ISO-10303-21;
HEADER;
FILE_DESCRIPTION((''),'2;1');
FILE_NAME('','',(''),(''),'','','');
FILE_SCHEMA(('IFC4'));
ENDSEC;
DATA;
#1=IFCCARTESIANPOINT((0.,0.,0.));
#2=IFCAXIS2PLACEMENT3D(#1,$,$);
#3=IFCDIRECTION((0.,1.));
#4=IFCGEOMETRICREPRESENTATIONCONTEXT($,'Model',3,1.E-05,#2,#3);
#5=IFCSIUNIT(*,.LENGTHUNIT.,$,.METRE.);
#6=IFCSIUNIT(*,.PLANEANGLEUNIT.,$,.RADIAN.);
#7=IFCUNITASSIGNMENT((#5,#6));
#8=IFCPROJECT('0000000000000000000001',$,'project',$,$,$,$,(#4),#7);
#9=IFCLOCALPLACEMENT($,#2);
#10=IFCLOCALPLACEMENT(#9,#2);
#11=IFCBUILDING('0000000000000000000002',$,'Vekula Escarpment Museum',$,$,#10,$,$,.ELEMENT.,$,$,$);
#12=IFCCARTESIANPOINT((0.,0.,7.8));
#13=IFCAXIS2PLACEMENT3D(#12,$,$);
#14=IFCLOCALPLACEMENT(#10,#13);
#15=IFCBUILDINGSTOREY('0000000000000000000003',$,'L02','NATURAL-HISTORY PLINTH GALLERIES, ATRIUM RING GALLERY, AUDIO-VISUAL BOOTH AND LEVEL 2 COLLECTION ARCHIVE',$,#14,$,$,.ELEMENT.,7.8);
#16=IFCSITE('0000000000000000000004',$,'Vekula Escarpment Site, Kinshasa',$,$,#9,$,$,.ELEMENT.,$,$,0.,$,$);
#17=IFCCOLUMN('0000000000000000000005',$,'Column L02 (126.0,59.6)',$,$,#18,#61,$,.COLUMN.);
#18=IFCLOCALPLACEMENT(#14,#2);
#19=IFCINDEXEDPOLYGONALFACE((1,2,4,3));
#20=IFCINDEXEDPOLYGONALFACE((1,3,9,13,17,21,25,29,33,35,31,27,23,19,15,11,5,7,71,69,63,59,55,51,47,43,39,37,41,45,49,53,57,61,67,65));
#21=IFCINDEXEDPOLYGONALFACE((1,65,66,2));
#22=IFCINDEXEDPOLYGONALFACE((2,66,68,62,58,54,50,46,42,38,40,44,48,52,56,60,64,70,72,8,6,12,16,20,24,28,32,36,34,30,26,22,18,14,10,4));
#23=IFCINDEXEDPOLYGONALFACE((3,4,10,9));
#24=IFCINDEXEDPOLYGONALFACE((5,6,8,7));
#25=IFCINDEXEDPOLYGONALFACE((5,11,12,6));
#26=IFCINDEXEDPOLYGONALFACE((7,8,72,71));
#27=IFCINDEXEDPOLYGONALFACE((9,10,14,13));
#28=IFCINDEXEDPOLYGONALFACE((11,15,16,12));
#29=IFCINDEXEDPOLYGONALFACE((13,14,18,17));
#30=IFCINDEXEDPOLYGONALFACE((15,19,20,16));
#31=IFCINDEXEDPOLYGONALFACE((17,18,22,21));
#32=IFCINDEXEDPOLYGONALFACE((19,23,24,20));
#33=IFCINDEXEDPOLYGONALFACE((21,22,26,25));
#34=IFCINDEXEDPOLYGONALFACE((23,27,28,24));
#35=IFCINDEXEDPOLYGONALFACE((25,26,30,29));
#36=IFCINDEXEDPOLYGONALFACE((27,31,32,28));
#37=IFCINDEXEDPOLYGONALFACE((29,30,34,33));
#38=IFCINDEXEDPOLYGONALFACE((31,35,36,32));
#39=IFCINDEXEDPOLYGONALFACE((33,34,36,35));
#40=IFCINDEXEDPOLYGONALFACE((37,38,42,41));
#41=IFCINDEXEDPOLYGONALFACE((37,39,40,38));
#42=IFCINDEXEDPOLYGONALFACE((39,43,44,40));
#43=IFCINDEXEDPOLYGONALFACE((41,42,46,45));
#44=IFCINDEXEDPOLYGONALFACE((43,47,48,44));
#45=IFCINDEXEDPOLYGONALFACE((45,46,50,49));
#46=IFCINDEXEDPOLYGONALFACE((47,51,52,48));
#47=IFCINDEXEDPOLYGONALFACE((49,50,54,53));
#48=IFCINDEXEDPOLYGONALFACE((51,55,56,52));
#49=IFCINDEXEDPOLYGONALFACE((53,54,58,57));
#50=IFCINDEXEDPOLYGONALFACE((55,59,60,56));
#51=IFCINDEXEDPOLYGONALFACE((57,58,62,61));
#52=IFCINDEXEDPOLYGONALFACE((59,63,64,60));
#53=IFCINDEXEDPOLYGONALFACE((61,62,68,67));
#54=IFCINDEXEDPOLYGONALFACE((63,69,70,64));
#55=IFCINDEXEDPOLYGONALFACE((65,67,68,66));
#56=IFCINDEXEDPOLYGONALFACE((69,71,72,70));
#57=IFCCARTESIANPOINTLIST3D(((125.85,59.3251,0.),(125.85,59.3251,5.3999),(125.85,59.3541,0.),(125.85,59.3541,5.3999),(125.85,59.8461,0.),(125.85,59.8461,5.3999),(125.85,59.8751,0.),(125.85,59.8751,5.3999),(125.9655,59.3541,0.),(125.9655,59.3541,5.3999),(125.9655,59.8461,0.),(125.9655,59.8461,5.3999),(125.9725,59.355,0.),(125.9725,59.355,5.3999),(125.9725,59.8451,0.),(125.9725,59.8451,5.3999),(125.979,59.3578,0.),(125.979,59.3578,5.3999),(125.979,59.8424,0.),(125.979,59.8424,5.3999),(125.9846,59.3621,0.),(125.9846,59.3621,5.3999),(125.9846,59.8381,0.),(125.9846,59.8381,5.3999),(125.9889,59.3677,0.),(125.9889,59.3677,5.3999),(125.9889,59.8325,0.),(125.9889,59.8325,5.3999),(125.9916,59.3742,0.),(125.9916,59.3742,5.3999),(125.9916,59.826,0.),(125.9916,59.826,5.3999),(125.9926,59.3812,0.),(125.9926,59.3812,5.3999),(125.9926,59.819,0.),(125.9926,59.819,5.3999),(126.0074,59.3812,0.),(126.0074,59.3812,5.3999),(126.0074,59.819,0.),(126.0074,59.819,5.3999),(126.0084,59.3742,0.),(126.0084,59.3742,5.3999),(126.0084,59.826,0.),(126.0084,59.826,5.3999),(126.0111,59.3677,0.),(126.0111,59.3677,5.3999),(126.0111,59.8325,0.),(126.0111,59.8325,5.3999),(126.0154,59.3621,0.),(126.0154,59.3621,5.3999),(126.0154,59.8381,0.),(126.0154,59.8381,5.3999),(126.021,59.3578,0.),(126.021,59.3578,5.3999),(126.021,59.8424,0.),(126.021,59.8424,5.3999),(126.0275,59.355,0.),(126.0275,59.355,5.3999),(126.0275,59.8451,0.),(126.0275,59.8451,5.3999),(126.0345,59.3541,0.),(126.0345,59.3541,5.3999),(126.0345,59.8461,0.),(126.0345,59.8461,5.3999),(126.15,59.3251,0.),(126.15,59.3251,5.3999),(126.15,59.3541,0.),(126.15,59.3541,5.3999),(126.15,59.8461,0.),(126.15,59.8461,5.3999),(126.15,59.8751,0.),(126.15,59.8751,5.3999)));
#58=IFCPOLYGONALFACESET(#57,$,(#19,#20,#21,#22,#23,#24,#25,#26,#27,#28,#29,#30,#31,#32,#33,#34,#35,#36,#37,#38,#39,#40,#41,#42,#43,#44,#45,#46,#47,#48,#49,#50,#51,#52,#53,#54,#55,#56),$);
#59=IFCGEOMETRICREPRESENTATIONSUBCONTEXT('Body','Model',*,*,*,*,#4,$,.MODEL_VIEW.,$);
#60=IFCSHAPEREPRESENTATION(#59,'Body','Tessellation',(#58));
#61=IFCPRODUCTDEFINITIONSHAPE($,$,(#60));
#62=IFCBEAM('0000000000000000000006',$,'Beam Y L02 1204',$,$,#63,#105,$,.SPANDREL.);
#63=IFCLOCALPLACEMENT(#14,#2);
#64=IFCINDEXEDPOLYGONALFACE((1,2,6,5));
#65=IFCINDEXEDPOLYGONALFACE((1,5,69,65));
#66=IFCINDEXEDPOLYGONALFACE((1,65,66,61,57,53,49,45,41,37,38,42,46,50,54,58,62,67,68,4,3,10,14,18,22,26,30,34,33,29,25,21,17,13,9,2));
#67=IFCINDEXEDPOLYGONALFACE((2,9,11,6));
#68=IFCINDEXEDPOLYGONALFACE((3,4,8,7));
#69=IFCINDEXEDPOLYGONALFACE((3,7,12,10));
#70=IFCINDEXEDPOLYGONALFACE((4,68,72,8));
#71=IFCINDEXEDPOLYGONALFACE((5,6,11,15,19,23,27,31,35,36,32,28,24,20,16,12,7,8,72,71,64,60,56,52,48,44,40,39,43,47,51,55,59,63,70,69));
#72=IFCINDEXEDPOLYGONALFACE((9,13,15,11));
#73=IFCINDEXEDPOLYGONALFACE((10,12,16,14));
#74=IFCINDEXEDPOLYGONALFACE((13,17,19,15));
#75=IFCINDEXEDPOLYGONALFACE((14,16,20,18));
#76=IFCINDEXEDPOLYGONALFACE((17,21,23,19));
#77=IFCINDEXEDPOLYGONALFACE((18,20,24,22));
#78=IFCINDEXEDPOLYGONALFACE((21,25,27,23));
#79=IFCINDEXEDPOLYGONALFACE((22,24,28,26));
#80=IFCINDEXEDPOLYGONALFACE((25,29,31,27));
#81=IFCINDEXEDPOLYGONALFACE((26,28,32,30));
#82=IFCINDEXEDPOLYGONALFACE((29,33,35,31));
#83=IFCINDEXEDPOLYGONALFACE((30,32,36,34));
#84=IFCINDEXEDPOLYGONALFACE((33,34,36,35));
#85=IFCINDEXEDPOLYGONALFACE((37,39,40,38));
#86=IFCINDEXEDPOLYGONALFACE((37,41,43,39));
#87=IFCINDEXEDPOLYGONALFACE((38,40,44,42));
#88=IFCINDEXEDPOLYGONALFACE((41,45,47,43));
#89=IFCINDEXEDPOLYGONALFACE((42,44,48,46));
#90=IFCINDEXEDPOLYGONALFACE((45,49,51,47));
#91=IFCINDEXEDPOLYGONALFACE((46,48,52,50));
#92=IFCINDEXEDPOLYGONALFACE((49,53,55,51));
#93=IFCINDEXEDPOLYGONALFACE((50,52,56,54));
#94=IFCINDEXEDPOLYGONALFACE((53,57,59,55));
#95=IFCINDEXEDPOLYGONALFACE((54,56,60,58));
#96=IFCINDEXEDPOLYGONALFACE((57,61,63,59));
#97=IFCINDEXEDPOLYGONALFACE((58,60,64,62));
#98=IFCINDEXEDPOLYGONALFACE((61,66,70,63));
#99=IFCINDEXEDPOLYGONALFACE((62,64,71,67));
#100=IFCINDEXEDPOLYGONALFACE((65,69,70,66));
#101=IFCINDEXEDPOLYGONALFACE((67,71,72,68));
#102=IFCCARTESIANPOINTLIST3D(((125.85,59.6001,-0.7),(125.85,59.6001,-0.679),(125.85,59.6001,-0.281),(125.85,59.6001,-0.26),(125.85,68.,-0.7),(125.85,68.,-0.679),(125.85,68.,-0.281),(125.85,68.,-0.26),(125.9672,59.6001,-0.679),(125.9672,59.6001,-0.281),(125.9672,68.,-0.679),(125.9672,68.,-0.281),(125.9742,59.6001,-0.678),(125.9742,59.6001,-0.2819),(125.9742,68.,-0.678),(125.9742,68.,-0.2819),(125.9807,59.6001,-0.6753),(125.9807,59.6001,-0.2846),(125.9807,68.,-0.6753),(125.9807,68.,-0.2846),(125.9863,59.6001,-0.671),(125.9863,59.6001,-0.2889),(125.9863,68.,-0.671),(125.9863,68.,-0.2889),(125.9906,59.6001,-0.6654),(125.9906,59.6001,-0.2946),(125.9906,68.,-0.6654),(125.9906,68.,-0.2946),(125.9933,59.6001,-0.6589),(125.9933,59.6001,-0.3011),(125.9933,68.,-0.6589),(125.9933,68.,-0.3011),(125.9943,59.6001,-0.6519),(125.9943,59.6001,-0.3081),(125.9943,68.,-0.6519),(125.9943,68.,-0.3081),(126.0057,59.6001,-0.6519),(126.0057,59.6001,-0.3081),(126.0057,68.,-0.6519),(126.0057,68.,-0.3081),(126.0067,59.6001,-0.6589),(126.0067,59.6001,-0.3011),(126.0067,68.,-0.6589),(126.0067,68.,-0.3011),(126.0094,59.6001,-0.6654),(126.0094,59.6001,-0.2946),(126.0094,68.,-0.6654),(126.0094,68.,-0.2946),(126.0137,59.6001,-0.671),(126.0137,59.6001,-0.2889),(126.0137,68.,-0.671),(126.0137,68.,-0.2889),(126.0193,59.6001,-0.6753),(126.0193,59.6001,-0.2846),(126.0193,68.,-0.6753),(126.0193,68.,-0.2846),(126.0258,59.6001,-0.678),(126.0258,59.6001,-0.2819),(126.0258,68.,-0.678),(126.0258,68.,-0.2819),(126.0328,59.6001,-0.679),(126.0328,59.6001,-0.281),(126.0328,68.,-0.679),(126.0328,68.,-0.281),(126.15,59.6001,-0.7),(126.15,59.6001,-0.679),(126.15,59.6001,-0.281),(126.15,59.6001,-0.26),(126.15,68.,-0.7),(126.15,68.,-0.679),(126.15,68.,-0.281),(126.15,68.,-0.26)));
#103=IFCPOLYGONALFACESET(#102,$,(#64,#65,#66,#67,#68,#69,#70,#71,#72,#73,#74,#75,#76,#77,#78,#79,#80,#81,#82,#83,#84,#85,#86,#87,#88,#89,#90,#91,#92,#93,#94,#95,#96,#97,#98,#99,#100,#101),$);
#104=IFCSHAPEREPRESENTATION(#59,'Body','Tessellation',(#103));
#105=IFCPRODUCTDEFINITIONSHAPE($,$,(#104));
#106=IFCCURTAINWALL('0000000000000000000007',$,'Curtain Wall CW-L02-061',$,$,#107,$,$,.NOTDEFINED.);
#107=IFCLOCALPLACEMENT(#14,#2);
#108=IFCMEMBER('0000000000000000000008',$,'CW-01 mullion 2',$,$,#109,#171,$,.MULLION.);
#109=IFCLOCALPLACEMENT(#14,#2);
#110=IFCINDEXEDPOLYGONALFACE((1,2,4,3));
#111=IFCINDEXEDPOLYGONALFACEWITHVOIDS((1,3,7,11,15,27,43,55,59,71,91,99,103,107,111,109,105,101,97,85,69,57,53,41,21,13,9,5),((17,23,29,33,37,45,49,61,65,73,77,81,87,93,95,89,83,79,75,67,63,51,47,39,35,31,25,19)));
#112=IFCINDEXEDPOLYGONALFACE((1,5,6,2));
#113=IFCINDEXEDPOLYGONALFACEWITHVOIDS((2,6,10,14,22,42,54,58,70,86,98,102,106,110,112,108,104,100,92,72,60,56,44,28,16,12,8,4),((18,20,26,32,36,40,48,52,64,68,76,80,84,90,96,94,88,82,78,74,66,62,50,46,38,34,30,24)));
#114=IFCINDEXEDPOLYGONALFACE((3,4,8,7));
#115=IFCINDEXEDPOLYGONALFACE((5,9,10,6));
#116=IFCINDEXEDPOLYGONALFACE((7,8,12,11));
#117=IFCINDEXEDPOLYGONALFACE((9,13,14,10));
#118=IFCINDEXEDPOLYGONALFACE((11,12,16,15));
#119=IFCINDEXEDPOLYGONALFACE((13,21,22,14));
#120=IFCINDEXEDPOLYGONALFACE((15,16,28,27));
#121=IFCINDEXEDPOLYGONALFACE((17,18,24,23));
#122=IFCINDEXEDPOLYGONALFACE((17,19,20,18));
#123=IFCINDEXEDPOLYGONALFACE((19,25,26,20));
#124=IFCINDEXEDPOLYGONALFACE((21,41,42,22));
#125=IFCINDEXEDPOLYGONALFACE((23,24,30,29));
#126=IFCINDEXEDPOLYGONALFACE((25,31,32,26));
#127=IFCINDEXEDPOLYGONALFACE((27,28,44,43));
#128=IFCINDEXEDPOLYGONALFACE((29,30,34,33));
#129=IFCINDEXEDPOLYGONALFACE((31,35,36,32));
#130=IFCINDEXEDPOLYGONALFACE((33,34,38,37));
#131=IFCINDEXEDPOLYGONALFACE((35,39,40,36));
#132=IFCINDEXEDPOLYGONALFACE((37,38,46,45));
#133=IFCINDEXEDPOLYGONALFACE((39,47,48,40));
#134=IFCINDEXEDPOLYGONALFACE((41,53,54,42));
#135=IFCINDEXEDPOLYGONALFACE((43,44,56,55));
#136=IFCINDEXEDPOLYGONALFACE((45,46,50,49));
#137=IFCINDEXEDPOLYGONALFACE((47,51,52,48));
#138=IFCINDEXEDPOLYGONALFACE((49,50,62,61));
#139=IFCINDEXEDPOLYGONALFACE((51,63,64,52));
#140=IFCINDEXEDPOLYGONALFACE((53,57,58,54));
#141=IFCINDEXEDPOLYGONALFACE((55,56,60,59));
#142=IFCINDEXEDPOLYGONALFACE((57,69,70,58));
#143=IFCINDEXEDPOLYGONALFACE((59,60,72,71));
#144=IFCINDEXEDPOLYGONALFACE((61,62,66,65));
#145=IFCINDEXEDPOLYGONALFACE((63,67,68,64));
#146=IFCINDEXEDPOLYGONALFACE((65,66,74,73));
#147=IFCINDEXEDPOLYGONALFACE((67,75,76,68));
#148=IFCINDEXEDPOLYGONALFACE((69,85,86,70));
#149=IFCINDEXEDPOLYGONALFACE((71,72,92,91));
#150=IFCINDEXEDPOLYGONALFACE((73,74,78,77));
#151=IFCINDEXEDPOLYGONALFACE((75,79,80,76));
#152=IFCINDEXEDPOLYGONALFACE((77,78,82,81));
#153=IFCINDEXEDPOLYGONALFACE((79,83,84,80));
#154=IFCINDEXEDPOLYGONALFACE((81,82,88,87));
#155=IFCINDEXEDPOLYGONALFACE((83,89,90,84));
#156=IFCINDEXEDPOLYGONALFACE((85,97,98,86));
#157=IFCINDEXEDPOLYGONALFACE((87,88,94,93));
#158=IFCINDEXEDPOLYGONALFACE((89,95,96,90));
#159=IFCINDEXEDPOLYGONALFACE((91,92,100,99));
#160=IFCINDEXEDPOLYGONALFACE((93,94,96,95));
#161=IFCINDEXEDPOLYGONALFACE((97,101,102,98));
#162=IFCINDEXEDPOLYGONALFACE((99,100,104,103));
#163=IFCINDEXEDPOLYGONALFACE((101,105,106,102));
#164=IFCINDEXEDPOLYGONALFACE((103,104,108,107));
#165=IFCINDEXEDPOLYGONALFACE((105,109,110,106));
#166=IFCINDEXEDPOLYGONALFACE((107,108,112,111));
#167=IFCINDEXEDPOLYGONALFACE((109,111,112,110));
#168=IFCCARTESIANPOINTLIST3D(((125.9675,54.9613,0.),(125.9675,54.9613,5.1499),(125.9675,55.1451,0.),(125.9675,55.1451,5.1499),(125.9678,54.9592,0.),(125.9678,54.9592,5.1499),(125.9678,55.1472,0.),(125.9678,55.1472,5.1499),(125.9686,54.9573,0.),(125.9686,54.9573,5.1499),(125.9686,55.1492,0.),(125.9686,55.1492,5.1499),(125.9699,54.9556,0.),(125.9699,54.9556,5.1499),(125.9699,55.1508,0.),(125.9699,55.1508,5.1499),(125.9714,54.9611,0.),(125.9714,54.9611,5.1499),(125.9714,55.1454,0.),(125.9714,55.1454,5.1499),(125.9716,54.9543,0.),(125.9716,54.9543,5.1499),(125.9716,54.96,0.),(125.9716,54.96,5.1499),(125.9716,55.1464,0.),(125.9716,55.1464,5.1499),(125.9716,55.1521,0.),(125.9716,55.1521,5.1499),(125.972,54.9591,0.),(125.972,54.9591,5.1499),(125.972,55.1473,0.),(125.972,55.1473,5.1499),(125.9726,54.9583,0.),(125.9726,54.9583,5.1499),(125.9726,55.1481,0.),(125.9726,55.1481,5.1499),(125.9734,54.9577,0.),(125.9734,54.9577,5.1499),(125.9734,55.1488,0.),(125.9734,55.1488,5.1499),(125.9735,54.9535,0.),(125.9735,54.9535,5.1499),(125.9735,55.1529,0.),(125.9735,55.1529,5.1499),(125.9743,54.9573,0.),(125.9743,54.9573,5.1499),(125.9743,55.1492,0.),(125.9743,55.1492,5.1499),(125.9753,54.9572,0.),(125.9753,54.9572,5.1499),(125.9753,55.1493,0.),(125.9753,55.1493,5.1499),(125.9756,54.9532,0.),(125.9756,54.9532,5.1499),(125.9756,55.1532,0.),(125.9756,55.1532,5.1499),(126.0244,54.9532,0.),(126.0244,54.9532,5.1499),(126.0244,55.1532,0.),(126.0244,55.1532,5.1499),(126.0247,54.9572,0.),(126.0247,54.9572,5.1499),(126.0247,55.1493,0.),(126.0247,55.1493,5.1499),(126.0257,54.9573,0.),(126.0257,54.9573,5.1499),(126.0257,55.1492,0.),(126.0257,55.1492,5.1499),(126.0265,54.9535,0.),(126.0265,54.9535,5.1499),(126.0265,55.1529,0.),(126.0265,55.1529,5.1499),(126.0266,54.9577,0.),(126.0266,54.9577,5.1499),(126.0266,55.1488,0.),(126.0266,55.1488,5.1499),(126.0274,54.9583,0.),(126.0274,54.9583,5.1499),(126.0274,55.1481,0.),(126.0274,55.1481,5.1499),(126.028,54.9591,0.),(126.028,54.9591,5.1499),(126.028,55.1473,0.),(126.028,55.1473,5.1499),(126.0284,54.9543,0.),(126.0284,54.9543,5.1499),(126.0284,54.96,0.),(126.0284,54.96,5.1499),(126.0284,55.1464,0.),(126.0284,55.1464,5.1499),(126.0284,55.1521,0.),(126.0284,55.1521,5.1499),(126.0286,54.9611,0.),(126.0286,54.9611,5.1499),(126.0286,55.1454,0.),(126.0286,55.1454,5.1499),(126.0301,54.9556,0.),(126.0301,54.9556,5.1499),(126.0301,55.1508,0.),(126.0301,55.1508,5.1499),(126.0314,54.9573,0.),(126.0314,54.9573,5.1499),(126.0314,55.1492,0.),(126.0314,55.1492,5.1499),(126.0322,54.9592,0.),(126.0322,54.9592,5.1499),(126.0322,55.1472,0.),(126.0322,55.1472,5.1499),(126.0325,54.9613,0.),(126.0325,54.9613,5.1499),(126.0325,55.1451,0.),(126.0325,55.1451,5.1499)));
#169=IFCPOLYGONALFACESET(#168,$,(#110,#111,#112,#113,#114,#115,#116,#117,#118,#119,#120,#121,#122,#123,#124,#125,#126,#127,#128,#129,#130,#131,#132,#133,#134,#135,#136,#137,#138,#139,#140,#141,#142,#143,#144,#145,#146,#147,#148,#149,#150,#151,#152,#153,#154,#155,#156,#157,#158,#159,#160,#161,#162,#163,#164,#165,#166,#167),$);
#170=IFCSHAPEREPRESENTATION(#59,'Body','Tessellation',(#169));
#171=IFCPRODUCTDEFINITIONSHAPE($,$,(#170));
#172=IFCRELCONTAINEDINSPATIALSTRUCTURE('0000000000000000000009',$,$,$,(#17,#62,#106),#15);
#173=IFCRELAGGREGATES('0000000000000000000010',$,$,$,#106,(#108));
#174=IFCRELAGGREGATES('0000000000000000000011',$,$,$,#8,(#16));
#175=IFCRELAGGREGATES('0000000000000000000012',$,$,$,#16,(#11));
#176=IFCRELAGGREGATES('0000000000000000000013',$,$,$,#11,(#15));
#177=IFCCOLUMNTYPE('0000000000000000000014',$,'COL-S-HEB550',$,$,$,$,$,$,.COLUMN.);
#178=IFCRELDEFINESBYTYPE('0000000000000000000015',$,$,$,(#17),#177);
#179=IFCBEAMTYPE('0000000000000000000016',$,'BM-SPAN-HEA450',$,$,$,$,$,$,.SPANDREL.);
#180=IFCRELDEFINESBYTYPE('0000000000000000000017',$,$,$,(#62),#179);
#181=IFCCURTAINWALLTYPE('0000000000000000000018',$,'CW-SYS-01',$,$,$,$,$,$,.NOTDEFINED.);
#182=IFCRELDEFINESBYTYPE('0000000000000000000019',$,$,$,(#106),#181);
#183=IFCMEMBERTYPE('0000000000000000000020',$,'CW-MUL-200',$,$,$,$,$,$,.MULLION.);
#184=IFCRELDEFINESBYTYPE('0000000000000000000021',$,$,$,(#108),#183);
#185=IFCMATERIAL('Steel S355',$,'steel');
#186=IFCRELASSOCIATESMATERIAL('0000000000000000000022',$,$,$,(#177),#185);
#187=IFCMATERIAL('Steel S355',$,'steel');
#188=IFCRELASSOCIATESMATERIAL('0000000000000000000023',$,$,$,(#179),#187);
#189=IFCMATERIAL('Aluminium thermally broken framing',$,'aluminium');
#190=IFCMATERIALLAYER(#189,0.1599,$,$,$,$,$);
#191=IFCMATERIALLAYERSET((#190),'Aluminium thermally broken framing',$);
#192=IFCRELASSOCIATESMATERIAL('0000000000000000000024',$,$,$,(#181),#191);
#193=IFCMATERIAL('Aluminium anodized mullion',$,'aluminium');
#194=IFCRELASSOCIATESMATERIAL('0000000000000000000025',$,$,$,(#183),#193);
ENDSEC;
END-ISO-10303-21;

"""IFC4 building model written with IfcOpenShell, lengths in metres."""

from ifc_helpers import new_model, si_unit, direction, frame, origin, origin_2d, place, context, subcontext, project, spatial, hollow_rectangle, i_section, extrude, material, layer, layer_set, material_profile, profile_set, type_object, element, aggregate, save


model = new_model("IFC4")

# Units and contexts
model_context = context("Model", 3, precision=1e-05, world=origin(), true_north=direction((0.0, 1.0)))
body_context = subcontext(model_context, "Body", "Model", "MODEL_VIEW")
ifc_project = project(units=[si_unit("LENGTHUNIT", "METRE"), si_unit("PLANEANGLEUNIT", "RADIAN")], contexts=[model_context])

# Site, building, storey
site_placement = place(None, origin())
site = spatial("IfcSite", under=ifc_project, at=site_placement, Name="Vekula Escarpment Site, Kinshasa", CompositionType="ELEMENT", RefElevation=0.0)
building_placement = place(site_placement, origin())
building = spatial("IfcBuilding", under=site, at=building_placement, Name="Vekula Escarpment Museum", CompositionType="ELEMENT")
storey_placement = place(building_placement, frame((0.0, 0.0, 7.8)))
storey = spatial("IfcBuildingStorey", under=building, at=storey_placement, Name="L02", Description="NATURAL-HISTORY PLINTH GALLERIES, ATRIUM RING GALLERY, AUDIO-VISUAL BOOTH AND LEVEL 2 COLLECTION ARCHIVE", CompositionType="ELEMENT", Elevation=7.8)

# Column
ifc_material_1 = material(Name="Steel S355", Category="steel")
ifc_material_profile_1 = material_profile(ifc_material_1, i_section(OverallWidth=0.3, OverallDepth=0.55, WebThickness=0.0149, FlangeThickness=0.0291, FilletRadius=0.0271, at=origin_2d()), Name="HEB 550")
ifc_profile_set_1 = profile_set([ifc_material_profile_1], Name="Steel S355")
column_type = type_object("IfcColumnType", Name="COL-S-HEB550", PredefinedType="COLUMN", material=ifc_profile_set_1)
column_placement = place(storey_placement, frame((126.0, 59.6001, 0.0), z_axis=(0.0, 0.0, 1.0), x_axis=(1.0, 0.0, 0.0)))
element("IfcColumn", 1, at=column_placement, inside=storey, type_object=column_type, Name="Column L02 (126.0,59.6)", PredefinedType="COLUMN", context=body_context, shape_type="SweptSolid", body=[
    extrude(i_section(OverallWidth=0.3, OverallDepth=0.55, WebThickness=0.0149, FlangeThickness=0.0291, FilletRadius=0.0271, at=origin_2d()), origin(), (0.0, 0.0, 1.0), 5.3999),
])

# Beam
ifc_material_2 = material(Name="Steel S355", Category="steel")
ifc_material_profile_2 = material_profile(ifc_material_2, i_section(OverallWidth=0.3, OverallDepth=0.4399, WebThickness=0.0115, FlangeThickness=0.021, FilletRadius=0.0271, at=origin_2d()), Name="HEA 450")
ifc_profile_set_2 = profile_set([ifc_material_profile_2], Name="Steel S355")
beam_type = type_object("IfcBeamType", Name="BM-SPAN-HEA450", PredefinedType="SPANDREL", material=ifc_profile_set_2)
beam_placement = place(storey_placement, frame((126.0, 59.6001, -0.48), z_axis=(0.0, 1.0, 0.0), x_axis=(-1.0, 0.0, 0.0)))
element("IfcBeam", 2, at=beam_placement, inside=storey, type_object=beam_type, Name="Beam Y L02 1204", PredefinedType="SPANDREL", context=body_context, shape_type="SweptSolid", body=[
    extrude(i_section(OverallWidth=0.3, OverallDepth=0.4399, WebThickness=0.0115, FlangeThickness=0.021, FilletRadius=0.0271, at=origin_2d()), origin(), (0.0, 0.0, 1.0), 8.3999),
])

# Curtain wall, member
ifc_material_3 = material(Name="Aluminium thermally broken framing", Category="aluminium")
ifc_layer_1 = layer(ifc_material_3, 0.1599)
ifc_layer_set_1 = layer_set([ifc_layer_1], Name="Aluminium thermally broken framing")
curtain_wall_type_1 = type_object("IfcCurtainWallType", Name="CW-SYS-01", PredefinedType="NOTDEFINED", material=ifc_layer_set_1)
curtain_wall_1_placement = place(storey_placement, origin())
curtain_wall_1 = element("IfcCurtainWall", 3, at=curtain_wall_1_placement, inside=storey, type_object=curtain_wall_type_1, Name="Curtain Wall CW-L02-061", PredefinedType="NOTDEFINED")
ifc_material_4 = material(Name="Aluminium anodized mullion", Category="aluminium")
ifc_material_profile_3 = material_profile(ifc_material_4, hollow_rectangle(XDim=0.0649, YDim=0.2, WallThickness=0.0039, InnerFilletRadius=0.0039, OuterFilletRadius=0.0081, at=origin_2d()), Name="ALU 200x65x4")
ifc_profile_set_3 = profile_set([ifc_material_profile_3], Name="Aluminium anodized mullion")
member_type_1 = type_object("IfcMemberType", Name="CW-MUL-200", PredefinedType="MULLION", material=ifc_profile_set_3)
member_1_placement = place(storey_placement, frame((126.0, 55.0532, 0.0), z_axis=(0.0, 0.0, 1.0), x_axis=(-1.0, 0.0, 0.0)))
member_1 = element("IfcMember", 4, at=member_1_placement, type_object=member_type_1, Name="CW-01 mullion 2", PredefinedType="MULLION", context=body_context, shape_type="SweptSolid", body=[
    extrude(hollow_rectangle(XDim=0.0649, YDim=0.2, WallThickness=0.0039, InnerFilletRadius=0.0039, OuterFilletRadius=0.0081, at=origin_2d()), origin(), (0.0, 0.0, 1.0), 5.1499),
])

aggregate(curtain_wall_1, [member_1])

save(model, "model.ifc")
